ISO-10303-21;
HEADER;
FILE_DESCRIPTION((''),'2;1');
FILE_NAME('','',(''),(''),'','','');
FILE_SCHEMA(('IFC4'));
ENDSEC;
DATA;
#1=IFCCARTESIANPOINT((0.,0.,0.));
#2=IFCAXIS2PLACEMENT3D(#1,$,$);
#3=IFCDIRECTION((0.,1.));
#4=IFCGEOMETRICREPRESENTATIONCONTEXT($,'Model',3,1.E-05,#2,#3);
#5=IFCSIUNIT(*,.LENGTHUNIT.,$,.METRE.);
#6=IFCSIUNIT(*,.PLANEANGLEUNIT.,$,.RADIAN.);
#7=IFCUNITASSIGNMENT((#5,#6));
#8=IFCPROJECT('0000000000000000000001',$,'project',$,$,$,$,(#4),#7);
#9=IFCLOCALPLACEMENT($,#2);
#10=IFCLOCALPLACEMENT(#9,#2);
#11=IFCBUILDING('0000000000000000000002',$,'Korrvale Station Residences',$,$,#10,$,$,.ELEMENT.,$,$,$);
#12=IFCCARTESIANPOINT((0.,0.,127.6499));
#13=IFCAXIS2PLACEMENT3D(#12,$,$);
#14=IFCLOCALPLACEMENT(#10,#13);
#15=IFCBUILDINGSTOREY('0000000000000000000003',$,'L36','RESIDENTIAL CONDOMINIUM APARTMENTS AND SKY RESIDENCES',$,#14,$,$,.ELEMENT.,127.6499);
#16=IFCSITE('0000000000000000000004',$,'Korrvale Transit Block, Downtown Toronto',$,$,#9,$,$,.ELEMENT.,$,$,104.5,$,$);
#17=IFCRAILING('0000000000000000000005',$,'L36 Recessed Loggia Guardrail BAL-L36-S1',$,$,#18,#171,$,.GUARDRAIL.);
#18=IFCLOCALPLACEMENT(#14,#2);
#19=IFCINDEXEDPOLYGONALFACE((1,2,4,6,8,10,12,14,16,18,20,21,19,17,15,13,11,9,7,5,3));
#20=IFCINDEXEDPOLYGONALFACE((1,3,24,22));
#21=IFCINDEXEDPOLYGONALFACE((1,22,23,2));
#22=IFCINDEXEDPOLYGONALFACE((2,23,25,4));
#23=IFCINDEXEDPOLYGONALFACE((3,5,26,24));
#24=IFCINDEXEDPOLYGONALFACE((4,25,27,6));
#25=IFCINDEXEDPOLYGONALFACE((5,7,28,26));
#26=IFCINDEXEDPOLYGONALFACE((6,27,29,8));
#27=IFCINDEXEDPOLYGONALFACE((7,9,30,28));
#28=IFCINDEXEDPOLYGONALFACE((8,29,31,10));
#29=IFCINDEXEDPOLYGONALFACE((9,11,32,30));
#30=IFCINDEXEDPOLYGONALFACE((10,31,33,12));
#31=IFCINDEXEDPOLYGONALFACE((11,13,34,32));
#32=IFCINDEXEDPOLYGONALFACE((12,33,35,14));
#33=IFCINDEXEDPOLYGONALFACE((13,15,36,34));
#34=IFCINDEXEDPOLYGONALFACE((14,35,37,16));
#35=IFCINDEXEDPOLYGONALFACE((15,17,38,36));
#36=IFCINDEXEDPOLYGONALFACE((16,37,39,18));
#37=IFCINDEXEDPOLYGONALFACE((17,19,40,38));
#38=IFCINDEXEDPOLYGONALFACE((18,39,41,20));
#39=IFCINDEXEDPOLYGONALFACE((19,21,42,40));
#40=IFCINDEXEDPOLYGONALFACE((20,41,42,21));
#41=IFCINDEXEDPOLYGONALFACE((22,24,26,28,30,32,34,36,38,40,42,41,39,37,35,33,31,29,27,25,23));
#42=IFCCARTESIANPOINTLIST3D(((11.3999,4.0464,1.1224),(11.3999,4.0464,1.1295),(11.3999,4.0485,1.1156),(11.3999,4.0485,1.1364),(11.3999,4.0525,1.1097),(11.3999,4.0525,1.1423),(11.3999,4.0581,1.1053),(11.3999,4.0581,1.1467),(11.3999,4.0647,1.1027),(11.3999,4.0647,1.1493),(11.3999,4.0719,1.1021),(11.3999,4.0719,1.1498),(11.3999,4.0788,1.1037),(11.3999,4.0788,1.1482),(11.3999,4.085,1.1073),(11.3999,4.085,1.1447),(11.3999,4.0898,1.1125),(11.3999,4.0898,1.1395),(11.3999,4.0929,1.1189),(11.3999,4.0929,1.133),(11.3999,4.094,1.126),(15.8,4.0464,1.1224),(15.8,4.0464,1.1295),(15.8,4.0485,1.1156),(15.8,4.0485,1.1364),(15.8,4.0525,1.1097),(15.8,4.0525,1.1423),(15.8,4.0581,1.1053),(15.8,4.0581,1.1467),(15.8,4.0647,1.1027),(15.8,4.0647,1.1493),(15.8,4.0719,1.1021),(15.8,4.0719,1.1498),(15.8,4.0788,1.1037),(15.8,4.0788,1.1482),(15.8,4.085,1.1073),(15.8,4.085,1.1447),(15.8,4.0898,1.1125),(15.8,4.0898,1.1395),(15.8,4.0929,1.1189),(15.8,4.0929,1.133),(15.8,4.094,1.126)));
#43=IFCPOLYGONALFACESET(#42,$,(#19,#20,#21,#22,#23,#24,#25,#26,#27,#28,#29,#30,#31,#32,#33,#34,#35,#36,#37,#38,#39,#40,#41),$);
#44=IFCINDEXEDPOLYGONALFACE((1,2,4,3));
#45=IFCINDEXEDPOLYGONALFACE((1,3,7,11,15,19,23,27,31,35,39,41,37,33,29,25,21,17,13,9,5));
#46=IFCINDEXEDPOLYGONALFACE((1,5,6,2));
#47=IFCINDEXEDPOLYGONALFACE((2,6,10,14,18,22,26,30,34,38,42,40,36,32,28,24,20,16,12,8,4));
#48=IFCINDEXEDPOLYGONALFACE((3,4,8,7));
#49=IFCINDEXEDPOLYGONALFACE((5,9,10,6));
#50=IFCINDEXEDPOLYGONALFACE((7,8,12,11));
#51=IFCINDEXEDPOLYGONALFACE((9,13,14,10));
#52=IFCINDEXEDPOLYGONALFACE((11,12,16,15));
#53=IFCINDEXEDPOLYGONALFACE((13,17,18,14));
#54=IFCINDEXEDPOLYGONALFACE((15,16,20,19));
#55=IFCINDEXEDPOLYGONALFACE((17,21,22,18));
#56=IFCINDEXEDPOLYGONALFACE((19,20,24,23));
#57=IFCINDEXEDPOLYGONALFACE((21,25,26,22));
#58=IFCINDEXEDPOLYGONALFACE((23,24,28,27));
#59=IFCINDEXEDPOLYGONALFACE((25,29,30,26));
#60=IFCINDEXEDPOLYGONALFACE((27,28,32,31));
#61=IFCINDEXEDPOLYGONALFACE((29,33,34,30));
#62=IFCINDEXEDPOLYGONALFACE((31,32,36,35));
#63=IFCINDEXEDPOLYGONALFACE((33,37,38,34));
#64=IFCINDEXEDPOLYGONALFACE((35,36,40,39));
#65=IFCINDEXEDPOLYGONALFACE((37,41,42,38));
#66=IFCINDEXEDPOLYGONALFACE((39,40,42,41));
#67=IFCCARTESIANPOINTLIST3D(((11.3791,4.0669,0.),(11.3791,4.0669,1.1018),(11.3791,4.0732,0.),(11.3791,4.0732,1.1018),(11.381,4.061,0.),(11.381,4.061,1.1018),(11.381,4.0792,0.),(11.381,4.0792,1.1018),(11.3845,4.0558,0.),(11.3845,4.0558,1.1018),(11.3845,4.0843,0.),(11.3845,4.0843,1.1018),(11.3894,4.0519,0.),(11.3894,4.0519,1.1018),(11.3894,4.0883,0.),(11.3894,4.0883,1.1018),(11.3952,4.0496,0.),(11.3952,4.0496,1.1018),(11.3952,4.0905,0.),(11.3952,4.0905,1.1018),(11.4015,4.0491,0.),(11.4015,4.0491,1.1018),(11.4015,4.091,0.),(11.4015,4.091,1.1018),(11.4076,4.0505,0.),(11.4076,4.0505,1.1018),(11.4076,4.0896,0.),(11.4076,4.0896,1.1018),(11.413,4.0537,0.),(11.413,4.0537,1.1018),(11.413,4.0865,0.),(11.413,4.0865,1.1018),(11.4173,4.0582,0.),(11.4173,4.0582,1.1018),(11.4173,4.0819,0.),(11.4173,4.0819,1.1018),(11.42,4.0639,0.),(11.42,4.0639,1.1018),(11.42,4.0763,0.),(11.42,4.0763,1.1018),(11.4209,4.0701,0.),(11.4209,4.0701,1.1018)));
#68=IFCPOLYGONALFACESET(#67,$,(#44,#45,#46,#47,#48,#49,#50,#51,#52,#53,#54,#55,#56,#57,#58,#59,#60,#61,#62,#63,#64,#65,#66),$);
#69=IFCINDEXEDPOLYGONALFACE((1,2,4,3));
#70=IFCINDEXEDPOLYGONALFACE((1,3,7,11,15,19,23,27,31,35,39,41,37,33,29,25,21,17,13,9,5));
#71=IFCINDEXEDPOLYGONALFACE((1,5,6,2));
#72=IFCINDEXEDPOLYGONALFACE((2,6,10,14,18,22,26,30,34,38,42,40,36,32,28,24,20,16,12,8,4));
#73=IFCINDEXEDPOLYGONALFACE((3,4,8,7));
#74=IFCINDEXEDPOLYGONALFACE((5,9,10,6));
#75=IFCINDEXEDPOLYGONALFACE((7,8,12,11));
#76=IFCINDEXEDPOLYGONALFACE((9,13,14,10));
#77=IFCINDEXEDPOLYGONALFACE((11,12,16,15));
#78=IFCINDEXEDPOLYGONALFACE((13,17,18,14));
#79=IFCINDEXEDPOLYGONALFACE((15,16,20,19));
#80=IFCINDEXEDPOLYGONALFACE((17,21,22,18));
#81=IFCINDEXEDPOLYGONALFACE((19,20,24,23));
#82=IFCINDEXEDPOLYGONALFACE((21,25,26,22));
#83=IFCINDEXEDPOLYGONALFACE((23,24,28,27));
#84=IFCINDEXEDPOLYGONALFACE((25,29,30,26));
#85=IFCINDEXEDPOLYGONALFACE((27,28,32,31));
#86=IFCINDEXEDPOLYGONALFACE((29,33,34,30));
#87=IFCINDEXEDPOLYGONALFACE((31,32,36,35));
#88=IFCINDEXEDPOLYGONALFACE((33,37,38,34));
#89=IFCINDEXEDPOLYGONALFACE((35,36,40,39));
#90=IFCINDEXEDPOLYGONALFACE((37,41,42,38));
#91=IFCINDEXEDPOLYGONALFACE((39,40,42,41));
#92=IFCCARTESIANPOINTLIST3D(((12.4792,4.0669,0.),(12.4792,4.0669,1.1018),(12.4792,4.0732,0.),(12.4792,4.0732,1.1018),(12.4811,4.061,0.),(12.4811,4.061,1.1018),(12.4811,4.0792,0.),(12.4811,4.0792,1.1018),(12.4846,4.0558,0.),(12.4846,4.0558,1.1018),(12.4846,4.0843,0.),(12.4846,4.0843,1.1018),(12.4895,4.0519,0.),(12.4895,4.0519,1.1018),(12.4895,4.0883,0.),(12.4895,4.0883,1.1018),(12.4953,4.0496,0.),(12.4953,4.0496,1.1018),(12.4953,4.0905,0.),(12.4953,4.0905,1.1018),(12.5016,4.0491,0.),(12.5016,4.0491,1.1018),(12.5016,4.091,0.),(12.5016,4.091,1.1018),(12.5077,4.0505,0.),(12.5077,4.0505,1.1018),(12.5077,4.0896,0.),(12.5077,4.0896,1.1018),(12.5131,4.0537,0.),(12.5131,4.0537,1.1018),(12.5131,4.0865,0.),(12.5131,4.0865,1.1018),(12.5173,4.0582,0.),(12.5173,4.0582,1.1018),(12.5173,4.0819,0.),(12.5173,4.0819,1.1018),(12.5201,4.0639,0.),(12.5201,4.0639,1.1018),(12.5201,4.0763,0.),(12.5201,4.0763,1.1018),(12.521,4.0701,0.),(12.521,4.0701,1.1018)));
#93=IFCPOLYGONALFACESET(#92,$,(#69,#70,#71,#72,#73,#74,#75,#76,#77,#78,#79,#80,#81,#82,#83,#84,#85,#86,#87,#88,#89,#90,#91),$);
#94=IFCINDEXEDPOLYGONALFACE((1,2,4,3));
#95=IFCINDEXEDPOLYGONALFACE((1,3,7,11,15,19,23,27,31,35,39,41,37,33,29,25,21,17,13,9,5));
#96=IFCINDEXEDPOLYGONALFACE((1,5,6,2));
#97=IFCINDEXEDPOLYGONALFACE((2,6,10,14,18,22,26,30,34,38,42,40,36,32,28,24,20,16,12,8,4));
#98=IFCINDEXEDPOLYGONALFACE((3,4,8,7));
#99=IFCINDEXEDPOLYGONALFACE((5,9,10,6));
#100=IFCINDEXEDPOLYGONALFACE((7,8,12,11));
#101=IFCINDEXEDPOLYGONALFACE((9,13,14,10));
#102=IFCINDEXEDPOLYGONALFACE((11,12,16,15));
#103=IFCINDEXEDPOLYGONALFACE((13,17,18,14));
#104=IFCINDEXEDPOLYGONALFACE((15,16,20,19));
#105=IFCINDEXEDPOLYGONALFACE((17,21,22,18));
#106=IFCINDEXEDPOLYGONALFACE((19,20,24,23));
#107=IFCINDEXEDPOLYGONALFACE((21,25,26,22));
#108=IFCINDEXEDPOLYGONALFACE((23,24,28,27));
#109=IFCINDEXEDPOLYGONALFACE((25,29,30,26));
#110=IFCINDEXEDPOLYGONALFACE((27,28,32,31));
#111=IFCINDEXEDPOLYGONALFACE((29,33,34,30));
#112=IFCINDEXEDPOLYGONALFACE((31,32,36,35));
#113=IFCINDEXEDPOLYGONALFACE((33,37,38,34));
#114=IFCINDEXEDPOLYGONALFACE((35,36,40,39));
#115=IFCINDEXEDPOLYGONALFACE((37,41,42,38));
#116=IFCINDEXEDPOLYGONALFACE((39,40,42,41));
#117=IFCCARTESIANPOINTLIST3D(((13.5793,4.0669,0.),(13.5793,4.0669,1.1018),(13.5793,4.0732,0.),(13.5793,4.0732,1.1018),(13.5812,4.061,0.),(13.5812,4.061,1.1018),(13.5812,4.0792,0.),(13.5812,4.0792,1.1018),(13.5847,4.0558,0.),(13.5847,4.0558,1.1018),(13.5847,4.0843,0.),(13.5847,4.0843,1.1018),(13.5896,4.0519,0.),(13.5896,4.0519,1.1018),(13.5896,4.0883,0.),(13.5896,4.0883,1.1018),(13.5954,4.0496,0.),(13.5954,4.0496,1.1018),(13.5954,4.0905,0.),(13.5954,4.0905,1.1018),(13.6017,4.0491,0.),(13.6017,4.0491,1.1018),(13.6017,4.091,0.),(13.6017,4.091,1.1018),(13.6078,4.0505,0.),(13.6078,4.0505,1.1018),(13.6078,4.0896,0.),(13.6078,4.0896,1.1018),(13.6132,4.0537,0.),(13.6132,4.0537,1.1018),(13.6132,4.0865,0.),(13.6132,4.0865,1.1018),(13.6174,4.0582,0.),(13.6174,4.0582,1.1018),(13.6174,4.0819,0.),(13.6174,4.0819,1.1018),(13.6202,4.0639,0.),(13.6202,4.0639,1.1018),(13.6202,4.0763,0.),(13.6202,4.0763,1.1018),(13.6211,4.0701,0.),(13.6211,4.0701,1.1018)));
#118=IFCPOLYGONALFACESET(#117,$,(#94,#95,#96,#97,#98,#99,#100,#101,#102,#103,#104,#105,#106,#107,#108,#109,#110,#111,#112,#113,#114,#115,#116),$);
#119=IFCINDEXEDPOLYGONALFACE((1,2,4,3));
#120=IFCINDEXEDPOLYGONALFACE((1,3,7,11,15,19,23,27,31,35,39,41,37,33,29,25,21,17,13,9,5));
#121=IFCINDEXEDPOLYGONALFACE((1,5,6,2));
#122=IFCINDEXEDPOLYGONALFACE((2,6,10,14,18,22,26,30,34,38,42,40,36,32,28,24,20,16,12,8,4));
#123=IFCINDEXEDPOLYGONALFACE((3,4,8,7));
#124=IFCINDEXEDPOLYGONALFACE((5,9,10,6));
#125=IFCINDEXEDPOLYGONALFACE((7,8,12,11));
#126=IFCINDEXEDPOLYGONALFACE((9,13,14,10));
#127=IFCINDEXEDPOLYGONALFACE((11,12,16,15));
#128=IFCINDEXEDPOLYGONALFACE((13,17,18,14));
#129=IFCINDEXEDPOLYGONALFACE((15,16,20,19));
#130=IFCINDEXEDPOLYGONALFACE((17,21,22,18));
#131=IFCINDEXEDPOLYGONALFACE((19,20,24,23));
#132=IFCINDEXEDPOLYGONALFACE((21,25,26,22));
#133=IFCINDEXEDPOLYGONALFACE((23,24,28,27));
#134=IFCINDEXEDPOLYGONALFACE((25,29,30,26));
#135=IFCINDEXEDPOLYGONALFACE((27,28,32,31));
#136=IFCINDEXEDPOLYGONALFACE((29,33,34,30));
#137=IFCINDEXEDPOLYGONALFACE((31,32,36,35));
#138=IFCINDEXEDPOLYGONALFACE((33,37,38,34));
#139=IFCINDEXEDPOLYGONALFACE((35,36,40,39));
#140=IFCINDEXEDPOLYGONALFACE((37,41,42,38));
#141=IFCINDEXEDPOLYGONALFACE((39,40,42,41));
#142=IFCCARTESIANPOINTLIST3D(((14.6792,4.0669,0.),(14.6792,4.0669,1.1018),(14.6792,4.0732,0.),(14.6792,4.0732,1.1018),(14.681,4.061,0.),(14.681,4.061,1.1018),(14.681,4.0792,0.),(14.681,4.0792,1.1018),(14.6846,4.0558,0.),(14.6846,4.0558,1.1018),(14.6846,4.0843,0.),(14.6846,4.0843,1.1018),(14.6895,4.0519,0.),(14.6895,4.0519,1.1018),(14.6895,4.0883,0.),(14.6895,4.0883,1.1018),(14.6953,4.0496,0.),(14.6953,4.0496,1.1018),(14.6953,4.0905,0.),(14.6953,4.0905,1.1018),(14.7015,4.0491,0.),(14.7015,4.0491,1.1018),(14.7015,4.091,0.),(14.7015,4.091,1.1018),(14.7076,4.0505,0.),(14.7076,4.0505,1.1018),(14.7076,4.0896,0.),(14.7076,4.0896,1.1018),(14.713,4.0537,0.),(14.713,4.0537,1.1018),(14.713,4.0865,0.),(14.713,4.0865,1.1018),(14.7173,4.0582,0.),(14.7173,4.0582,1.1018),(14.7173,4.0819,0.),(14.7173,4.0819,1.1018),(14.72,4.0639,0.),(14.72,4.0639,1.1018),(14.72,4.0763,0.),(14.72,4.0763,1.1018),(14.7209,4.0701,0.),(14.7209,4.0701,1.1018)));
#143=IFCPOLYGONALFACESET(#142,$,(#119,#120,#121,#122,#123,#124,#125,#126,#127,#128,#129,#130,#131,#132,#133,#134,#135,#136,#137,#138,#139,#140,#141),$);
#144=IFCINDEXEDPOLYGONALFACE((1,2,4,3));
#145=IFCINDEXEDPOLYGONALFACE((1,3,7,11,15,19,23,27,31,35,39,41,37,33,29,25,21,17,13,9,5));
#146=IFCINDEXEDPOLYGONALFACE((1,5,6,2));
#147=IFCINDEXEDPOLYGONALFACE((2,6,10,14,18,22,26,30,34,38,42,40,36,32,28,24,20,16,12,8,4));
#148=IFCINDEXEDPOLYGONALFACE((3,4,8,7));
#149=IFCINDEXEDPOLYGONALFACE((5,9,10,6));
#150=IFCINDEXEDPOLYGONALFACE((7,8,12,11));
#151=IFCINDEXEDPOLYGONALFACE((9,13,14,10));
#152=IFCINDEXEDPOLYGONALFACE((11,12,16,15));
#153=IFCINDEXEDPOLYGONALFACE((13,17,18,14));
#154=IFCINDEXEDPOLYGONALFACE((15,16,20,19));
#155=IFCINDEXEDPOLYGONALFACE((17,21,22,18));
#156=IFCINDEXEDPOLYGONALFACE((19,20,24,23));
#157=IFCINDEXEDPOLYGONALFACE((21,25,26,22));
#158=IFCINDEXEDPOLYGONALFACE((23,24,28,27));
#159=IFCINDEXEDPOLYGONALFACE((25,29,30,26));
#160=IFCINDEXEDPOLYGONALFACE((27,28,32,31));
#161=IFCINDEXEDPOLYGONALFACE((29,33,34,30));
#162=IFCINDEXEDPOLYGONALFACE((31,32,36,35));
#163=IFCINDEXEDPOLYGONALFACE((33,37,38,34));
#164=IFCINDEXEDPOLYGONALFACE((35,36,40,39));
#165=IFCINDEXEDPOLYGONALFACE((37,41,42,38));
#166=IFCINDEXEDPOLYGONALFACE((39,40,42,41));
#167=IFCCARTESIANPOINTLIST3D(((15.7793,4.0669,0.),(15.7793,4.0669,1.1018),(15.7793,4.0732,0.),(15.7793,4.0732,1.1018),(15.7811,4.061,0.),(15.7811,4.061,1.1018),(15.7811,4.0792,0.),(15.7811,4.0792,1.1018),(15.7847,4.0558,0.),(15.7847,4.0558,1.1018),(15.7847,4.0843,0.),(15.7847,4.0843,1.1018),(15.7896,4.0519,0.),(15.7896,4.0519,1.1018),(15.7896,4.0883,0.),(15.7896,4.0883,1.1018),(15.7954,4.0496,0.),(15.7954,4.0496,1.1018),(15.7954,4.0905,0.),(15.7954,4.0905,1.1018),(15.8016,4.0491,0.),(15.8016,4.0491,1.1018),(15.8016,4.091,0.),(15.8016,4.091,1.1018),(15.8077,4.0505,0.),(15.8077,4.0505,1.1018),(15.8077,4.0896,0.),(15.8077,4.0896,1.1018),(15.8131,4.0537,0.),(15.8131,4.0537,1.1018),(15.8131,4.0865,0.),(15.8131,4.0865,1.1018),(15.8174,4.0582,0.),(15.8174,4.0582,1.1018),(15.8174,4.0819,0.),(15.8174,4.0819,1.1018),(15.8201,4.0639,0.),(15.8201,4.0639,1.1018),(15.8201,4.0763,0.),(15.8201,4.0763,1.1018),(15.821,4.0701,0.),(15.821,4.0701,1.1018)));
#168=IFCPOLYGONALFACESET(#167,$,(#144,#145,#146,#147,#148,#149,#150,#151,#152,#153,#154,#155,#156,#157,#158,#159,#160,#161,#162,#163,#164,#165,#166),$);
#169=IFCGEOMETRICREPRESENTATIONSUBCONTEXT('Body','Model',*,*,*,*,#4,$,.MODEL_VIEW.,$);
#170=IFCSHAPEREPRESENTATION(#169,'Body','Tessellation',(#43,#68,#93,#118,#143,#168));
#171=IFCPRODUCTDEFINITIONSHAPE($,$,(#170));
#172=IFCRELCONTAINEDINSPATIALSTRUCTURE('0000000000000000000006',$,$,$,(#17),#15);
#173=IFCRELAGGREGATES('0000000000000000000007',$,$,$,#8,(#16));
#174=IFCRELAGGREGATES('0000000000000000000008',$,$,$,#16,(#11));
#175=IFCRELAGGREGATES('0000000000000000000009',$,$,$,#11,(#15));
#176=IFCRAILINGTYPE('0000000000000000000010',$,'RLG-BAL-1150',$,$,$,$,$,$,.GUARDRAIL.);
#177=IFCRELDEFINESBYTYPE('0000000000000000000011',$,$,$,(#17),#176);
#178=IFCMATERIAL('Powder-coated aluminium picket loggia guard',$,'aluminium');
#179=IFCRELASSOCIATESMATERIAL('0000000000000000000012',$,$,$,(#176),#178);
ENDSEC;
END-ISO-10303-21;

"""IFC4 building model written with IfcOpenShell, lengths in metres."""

from ifc_helpers import new_model, si_unit, direction, frame, origin, origin_2d, place, context, subcontext, project, spatial, circle, extrude, material, type_object, element, save


model = new_model("IFC4")

# Units and contexts
model_context = context("Model", 3, precision=1e-05, world=origin(), true_north=direction((0.0, 1.0)))
body_context = subcontext(model_context, "Body", "Model", "MODEL_VIEW")
ifc_project = project(units=[si_unit("LENGTHUNIT", "METRE"), si_unit("PLANEANGLEUNIT", "RADIAN")], contexts=[model_context])

# Site, building, storey
site_placement = place(None, origin())
site = spatial("IfcSite", under=ifc_project, at=site_placement, Name="Korrvale Transit Block, Downtown Toronto", CompositionType="ELEMENT", RefElevation=104.5)
building_placement = place(site_placement, origin())
building = spatial("IfcBuilding", under=site, at=building_placement, Name="Korrvale Station Residences", CompositionType="ELEMENT")
storey_placement = place(building_placement, frame((0.0, 0.0, 127.6499)))
storey = spatial("IfcBuildingStorey", under=building, at=storey_placement, Name="L36", Description="RESIDENTIAL CONDOMINIUM APARTMENTS AND SKY RESIDENCES", CompositionType="ELEMENT", Elevation=127.6499)

# Railing
ifc_material_1 = material(Name="Powder-coated aluminium picket loggia guard", Category="aluminium")
railing_type = type_object("IfcRailingType", Name="RLG-BAL-1150", PredefinedType="GUARDRAIL", material=ifc_material_1)
railing_placement = place(storey_placement, frame((11.3999, 4.0701, 0.0)))
element("IfcRailing", 1, at=railing_placement, inside=storey, type_object=railing_type, Name="L36 Recessed Loggia Guardrail BAL-L36-S1", PredefinedType="GUARDRAIL", context=body_context, shape_type="SweptSolid", body=[
    extrude(circle(Radius=0.0239, at=origin_2d()), frame((0.0, 0.0, 1.126), z_axis=(1.0, 0.0, 0.0), x_axis=(0.0, 1.0, 0.0)), (0.0, 0.0, 1.0), 4.4001),
    extrude(circle(Radius=0.021, at=origin_2d()), origin(), (0.0, 0.0, 1.0), 1.1018),
    extrude(circle(Radius=0.021, at=origin_2d()), frame((1.1001, 0.0, 0.0)), (0.0, 0.0, 1.0), 1.1018),
    extrude(circle(Radius=0.021, at=origin_2d()), frame((2.2002, 0.0, 0.0)), (0.0, 0.0, 1.0), 1.1018),
    extrude(circle(Radius=0.021, at=origin_2d()), frame((3.3, 0.0, 0.0)), (0.0, 0.0, 1.0), 1.1018),
    extrude(circle(Radius=0.021, at=origin_2d()), frame((4.4001, 0.0, 0.0)), (0.0, 0.0, 1.0), 1.1018),
])

save(model, "model.ifc")
